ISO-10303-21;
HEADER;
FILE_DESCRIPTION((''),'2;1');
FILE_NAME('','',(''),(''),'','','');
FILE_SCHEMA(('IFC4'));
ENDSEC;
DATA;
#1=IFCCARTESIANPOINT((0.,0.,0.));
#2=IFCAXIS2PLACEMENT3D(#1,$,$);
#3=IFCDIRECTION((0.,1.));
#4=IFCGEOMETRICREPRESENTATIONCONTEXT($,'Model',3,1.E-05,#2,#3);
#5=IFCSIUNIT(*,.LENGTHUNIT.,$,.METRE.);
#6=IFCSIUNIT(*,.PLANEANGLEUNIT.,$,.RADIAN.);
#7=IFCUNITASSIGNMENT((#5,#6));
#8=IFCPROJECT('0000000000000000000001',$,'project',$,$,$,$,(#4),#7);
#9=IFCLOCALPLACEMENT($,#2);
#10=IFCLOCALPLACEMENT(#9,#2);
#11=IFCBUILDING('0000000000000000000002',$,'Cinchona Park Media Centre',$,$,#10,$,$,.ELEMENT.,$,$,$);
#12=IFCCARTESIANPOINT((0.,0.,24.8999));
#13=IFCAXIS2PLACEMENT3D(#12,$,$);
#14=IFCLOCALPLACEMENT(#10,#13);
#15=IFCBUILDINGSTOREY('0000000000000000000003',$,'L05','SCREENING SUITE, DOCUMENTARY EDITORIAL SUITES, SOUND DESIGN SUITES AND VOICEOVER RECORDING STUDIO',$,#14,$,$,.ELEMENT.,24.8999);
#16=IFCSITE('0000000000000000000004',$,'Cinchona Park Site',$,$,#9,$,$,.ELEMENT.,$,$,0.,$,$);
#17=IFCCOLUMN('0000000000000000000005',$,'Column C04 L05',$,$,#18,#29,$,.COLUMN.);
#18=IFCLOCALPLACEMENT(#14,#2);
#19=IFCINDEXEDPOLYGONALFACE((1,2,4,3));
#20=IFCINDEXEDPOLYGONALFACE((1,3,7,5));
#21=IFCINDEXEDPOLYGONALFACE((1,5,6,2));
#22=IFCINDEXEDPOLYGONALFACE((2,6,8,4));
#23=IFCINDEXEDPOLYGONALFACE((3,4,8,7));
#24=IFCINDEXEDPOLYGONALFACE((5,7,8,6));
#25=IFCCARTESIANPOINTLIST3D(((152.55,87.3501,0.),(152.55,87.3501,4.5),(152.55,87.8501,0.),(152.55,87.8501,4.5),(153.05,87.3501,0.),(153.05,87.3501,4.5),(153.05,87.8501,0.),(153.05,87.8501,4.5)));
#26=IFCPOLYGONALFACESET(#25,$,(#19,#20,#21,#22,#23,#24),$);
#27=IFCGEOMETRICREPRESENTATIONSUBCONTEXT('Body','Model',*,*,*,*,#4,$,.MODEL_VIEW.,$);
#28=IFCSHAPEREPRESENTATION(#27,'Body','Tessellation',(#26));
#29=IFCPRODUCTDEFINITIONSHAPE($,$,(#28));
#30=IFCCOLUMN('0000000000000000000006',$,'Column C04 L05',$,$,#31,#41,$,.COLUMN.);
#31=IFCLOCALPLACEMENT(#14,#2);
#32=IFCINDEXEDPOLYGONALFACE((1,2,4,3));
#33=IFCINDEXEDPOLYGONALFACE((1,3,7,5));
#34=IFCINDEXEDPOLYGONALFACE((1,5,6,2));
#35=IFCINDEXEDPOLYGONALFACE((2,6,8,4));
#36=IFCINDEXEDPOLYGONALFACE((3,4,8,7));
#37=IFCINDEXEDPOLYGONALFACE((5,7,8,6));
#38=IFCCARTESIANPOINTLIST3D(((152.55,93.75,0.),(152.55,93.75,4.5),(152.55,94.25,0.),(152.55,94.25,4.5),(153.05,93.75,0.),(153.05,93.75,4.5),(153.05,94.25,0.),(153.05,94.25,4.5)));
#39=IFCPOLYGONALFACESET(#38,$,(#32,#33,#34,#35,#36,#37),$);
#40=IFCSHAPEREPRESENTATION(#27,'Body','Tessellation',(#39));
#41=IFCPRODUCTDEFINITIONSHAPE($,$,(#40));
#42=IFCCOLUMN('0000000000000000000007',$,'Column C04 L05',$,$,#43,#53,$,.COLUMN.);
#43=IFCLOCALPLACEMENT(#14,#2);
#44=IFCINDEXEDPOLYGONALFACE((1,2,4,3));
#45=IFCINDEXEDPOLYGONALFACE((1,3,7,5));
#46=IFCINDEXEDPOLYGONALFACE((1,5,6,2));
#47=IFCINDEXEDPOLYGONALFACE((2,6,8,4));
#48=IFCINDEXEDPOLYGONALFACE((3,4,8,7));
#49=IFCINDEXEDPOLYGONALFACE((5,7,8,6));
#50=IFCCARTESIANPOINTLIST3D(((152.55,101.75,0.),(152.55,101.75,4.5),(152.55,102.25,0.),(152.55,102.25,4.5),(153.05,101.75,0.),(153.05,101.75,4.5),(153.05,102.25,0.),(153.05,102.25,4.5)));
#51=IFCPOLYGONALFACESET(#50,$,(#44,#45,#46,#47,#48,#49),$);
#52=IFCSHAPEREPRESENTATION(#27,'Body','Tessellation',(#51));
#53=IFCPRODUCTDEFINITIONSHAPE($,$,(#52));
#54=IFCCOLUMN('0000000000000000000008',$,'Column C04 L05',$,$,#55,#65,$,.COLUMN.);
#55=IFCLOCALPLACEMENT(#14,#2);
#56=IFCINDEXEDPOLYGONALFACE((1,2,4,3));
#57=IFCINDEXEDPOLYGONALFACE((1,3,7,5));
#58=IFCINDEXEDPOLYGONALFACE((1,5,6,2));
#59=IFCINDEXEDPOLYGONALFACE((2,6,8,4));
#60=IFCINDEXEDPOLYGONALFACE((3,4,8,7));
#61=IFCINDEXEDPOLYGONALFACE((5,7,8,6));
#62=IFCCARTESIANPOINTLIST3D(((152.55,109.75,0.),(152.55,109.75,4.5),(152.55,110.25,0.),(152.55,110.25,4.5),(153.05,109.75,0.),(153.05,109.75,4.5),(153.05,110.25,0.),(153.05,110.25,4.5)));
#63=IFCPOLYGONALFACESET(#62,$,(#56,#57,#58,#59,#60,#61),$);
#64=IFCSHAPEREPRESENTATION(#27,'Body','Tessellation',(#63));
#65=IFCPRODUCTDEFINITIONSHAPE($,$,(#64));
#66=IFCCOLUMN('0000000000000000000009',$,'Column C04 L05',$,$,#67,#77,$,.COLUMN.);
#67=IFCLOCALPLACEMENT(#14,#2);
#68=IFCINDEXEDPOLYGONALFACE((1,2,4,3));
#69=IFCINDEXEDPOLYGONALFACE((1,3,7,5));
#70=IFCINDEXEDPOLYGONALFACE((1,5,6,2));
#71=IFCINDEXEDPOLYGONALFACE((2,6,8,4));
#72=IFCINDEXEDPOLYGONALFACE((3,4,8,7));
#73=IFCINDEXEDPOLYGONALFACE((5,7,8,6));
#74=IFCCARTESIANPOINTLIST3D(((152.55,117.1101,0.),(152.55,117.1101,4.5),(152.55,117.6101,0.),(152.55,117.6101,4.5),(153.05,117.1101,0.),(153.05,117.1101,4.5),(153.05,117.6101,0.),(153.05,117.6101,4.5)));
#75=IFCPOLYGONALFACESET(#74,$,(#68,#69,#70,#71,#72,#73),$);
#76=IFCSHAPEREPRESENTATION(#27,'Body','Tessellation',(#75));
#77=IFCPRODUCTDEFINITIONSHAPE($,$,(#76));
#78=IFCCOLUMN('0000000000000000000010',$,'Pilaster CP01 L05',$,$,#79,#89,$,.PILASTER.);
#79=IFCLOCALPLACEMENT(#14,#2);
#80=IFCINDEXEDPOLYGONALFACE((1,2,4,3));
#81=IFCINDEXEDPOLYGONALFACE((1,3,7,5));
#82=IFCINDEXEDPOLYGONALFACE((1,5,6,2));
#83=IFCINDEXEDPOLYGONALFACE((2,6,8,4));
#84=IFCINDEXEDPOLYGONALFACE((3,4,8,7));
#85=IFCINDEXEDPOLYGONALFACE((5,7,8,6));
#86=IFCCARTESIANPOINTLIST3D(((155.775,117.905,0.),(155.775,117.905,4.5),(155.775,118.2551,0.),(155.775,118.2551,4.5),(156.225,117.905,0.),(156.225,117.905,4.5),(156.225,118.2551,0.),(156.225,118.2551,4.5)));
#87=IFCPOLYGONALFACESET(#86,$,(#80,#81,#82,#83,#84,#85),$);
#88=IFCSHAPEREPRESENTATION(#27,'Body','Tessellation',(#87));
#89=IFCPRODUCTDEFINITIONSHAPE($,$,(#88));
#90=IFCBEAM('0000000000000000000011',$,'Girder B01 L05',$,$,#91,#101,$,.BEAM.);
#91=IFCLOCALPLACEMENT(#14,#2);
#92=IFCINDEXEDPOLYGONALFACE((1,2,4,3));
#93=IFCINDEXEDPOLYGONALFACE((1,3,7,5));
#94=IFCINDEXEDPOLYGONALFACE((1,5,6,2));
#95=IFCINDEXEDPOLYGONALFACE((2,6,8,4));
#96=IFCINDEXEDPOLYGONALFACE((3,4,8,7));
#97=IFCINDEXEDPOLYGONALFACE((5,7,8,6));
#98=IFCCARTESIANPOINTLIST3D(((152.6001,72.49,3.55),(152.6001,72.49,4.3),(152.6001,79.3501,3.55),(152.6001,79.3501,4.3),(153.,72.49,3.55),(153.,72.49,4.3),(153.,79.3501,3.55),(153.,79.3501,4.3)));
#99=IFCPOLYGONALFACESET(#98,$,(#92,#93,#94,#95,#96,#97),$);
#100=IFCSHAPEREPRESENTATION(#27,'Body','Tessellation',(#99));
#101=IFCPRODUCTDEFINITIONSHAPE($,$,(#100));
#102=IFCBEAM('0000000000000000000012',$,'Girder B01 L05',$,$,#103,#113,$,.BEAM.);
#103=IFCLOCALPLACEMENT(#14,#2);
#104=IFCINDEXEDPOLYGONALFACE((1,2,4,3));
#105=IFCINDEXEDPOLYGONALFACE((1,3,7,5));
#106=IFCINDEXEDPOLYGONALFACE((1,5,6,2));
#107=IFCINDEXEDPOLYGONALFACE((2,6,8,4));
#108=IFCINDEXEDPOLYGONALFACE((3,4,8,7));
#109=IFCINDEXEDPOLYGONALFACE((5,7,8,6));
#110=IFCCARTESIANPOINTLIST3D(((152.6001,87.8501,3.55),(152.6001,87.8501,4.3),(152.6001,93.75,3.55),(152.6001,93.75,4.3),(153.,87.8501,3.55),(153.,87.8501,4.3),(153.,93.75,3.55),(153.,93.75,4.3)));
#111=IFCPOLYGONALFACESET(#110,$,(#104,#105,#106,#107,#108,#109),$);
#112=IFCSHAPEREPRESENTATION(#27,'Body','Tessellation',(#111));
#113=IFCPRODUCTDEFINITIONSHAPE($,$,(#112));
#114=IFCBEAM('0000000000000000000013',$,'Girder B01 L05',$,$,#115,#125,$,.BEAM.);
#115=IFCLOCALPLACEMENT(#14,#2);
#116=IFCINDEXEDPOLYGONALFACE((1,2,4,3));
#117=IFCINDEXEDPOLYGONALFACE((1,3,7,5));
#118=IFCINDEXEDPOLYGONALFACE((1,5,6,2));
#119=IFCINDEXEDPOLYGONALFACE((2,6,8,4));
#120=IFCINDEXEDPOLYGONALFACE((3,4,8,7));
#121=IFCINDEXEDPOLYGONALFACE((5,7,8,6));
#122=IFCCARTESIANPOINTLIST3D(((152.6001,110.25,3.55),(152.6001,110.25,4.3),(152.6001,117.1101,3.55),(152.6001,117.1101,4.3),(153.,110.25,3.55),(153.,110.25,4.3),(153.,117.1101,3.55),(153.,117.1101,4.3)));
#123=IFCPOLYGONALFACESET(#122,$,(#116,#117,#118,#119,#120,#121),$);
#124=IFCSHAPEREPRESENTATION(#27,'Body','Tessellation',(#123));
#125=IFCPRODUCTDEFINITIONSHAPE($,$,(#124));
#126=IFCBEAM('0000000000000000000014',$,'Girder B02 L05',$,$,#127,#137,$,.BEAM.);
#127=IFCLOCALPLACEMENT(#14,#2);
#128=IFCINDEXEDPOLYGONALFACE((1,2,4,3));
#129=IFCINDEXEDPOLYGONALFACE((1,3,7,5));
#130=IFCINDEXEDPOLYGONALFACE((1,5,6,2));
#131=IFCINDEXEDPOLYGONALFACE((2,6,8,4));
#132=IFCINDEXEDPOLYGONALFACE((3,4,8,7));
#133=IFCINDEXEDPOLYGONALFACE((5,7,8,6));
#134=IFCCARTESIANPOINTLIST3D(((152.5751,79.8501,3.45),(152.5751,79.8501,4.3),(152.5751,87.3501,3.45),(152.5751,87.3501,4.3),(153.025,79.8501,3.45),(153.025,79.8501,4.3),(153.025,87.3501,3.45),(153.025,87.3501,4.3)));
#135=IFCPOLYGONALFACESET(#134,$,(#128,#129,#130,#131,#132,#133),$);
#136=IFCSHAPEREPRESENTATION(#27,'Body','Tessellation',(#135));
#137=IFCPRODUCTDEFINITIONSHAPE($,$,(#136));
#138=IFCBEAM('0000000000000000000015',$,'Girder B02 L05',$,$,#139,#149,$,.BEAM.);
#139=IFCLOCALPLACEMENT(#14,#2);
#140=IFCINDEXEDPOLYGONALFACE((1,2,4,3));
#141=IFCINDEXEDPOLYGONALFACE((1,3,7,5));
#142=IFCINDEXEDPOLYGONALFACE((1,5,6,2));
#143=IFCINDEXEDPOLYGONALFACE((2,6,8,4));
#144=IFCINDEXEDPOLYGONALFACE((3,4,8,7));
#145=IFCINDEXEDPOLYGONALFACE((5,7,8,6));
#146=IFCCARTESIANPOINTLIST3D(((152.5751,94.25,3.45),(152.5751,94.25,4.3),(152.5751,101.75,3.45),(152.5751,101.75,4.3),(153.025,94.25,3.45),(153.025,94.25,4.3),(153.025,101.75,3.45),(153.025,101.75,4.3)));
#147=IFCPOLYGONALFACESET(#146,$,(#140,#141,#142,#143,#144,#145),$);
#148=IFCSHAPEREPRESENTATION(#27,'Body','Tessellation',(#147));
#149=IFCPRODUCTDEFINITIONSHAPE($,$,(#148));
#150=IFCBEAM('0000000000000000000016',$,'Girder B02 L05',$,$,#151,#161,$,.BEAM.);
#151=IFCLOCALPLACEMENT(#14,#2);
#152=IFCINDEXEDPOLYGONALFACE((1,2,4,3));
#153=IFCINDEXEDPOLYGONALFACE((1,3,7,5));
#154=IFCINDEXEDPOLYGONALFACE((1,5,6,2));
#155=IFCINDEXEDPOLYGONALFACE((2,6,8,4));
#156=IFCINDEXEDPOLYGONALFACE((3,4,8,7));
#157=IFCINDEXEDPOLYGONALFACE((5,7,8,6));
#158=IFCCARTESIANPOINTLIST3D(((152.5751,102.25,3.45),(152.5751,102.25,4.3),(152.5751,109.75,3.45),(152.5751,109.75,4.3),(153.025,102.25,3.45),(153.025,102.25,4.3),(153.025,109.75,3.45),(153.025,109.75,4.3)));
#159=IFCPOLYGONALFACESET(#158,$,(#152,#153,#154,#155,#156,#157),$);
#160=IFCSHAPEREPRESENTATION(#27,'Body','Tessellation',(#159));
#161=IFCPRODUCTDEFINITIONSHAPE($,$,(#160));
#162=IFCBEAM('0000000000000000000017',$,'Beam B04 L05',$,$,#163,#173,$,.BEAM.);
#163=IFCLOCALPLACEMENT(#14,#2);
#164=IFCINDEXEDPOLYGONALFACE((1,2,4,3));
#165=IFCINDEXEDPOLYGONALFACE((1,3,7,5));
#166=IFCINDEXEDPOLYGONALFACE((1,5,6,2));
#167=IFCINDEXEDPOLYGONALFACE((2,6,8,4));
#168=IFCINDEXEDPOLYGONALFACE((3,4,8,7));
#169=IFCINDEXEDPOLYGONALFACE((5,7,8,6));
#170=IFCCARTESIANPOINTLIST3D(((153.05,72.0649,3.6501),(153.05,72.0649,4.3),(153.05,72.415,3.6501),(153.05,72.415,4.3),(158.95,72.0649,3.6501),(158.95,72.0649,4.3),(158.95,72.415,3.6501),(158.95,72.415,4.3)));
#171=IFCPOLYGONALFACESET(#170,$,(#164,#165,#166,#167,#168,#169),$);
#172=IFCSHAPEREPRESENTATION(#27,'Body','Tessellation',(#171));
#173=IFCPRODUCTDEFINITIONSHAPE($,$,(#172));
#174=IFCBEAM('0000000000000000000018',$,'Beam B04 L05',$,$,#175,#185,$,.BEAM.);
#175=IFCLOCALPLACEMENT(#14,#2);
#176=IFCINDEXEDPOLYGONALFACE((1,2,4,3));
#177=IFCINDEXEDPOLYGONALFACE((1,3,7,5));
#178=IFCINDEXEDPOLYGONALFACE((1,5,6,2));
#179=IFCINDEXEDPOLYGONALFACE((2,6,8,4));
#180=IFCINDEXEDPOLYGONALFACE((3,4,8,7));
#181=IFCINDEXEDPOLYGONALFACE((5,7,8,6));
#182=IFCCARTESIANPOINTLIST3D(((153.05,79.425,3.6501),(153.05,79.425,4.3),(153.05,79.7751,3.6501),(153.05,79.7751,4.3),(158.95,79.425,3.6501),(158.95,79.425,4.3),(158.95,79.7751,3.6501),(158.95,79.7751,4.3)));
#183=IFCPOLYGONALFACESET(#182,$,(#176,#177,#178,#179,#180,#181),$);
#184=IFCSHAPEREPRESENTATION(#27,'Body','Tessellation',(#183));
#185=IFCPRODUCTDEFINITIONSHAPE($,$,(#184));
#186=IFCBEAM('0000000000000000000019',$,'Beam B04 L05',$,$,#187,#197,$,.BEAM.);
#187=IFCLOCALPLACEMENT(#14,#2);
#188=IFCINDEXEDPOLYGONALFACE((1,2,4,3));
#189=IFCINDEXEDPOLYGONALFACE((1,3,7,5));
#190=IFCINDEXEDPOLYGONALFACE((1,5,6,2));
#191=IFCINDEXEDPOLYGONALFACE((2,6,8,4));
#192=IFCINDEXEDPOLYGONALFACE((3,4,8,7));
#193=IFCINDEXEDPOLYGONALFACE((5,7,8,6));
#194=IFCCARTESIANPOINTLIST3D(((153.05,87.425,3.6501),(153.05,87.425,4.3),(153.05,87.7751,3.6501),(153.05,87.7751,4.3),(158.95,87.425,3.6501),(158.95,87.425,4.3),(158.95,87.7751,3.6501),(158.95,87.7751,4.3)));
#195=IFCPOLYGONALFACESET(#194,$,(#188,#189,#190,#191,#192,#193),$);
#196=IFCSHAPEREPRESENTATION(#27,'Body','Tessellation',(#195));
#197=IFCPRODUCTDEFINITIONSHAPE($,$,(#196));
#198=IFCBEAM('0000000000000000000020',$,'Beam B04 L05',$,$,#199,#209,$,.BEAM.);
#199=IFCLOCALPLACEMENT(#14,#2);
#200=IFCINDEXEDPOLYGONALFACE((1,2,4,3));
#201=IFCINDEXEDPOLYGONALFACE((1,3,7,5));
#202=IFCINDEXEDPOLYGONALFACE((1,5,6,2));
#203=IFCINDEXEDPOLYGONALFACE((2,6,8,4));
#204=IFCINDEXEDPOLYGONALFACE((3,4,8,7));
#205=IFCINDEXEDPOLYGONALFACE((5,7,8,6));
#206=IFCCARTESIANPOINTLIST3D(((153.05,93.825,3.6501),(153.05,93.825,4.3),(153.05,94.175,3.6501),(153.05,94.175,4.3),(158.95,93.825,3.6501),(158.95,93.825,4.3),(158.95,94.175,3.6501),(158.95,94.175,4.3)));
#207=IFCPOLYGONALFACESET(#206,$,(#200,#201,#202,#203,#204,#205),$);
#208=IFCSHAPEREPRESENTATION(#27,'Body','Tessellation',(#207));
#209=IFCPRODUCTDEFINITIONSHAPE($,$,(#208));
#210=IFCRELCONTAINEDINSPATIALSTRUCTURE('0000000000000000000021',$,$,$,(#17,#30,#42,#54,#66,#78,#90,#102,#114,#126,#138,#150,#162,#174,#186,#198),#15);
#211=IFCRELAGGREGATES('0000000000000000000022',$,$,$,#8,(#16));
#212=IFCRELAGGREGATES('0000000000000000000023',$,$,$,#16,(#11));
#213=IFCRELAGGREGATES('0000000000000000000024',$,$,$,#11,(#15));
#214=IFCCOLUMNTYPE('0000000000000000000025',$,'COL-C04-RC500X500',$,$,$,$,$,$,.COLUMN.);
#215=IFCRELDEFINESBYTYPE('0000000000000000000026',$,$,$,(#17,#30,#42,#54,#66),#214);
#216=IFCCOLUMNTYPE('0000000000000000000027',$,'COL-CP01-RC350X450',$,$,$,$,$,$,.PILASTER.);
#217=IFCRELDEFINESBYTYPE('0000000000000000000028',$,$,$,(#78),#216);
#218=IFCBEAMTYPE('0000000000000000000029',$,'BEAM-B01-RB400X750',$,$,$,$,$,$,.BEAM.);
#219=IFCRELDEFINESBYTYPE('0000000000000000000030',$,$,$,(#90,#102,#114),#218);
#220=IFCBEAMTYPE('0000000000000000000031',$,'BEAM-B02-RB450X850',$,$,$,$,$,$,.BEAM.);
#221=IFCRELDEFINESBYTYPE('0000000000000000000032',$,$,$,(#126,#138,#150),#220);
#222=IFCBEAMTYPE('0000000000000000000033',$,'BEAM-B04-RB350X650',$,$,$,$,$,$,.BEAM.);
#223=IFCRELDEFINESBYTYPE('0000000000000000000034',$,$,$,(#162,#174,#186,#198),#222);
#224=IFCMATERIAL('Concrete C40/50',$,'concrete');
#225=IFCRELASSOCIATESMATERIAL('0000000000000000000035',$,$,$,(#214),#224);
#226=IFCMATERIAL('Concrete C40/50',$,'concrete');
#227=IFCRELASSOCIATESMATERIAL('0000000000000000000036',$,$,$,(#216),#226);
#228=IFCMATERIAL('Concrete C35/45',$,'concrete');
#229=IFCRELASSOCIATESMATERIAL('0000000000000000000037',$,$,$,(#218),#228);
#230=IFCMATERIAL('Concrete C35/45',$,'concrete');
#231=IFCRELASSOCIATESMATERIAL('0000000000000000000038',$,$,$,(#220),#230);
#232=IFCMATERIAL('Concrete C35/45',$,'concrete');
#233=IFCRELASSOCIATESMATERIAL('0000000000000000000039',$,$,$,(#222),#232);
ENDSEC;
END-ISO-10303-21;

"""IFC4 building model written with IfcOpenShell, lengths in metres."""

from ifc_helpers import new_model, si_unit, direction, frame, origin, origin_2d, place, context, subcontext, project, spatial, rectangle, extrude, material, material_profile, profile_set, type_object, element, save


model = new_model("IFC4")

# Units and contexts
model_context = context("Model", 3, precision=1e-05, world=origin(), true_north=direction((0.0, 1.0)))
body_context = subcontext(model_context, "Body", "Model", "MODEL_VIEW")
ifc_project = project(units=[si_unit("LENGTHUNIT", "METRE"), si_unit("PLANEANGLEUNIT", "RADIAN")], contexts=[model_context])

# Site, building, storey
site_placement = place(None, origin())
site = spatial("IfcSite", under=ifc_project, at=site_placement, Name="Cinchona Park Site", CompositionType="ELEMENT", RefElevation=0.0)
building_placement = place(site_placement, origin())
building = spatial("IfcBuilding", under=site, at=building_placement, Name="Cinchona Park Media Centre", CompositionType="ELEMENT")
storey_placement = place(building_placement, frame((0.0, 0.0, 24.8999)))
storey = spatial("IfcBuildingStorey", under=building, at=storey_placement, Name="L05", Description="SCREENING SUITE, DOCUMENTARY EDITORIAL SUITES, SOUND DESIGN SUITES AND VOICEOVER RECORDING STUDIO", CompositionType="ELEMENT", Elevation=24.8999)

# Columns
ifc_material_1 = material(Name="Concrete C40/50", Category="concrete")
ifc_material_profile_1 = material_profile(ifc_material_1, rectangle(XDim=0.5, YDim=0.5, at=origin_2d()), Name="RC 500X500")
ifc_profile_set_1 = profile_set([ifc_material_profile_1], Name="Concrete C40/50")
column_type_1 = type_object("IfcColumnType", Name="COL-C04-RC500X500", PredefinedType="COLUMN", material=ifc_profile_set_1)
for number, where, z_axis, x_axis, name in (
    (1, (152.8, 87.6001, 0.0), (0.0, 0.0, 1.0), (1.0, 0.0, 0.0), "Column C04 L05"),
    (2, (152.8, 94.0, 0.0), (0.0, 0.0, 1.0), (1.0, 0.0, 0.0), "Column C04 L05"),
    (3, (152.8, 102.0, 0.0), (0.0, 0.0, 1.0), (1.0, 0.0, 0.0), "Column C04 L05"),
    (4, (152.8, 110.0, 0.0), (0.0, 0.0, 1.0), (1.0, 0.0, 0.0), "Column C04 L05"),
    (5, (152.8, 117.3601, 0.0), (0.0, 0.0, 1.0), (1.0, 0.0, 0.0), "Column C04 L05"),
):
    element("IfcColumn", number, at=place(storey_placement, frame(where, z_axis=z_axis, x_axis=x_axis)), inside=storey, type_object=column_type_1, Name=name, PredefinedType="COLUMN", context=body_context, shape_type="SweptSolid", body=[
        extrude(rectangle(XDim=0.5, YDim=0.5, at=origin_2d()), origin(), (0.0, 0.0, 1.0), 4.5),
    ])
ifc_material_2 = material(Name="Concrete C40/50", Category="concrete")
ifc_material_profile_2 = material_profile(ifc_material_2, rectangle(XDim=0.3501, YDim=0.45, at=origin_2d()), Name="RC 350X450")
ifc_profile_set_2 = profile_set([ifc_material_profile_2], Name="Concrete C40/50")
column_type_2 = type_object("IfcColumnType", Name="COL-CP01-RC350X450", PredefinedType="PILASTER", material=ifc_profile_set_2)
column_placement = place(storey_placement, frame((156.0, 118.0801, 0.0), z_axis=(0.0, 0.0, 1.0), x_axis=(0.0, 1.0, 0.0)))
element("IfcColumn", 6, at=column_placement, inside=storey, type_object=column_type_2, Name="Pilaster CP01 L05", PredefinedType="PILASTER", context=body_context, shape_type="SweptSolid", body=[
    extrude(rectangle(XDim=0.3501, YDim=0.45, at=origin_2d()), origin(), (0.0, 0.0, 1.0), 4.5),
])

# Beams
ifc_material_3 = material(Name="Concrete C35/45", Category="concrete")
ifc_material_profile_3 = material_profile(ifc_material_3, rectangle(XDim=0.3999, YDim=0.75, at=origin_2d()), Name="RB 400X750")
ifc_profile_set_3 = profile_set([ifc_material_profile_3], Name="Concrete C35/45")
beam_type_1 = type_object("IfcBeamType", Name="BEAM-B01-RB400X750", PredefinedType="BEAM", material=ifc_profile_set_3)
beam_1_placement = place(storey_placement, frame((152.8, 72.49, 3.925), z_axis=(0.0, 1.0, 0.0), x_axis=(-1.0, 0.0, 0.0)))
element("IfcBeam", 7, at=beam_1_placement, inside=storey, type_object=beam_type_1, Name="Girder B01 L05", PredefinedType="BEAM", context=body_context, shape_type="SweptSolid", body=[
    extrude(rectangle(XDim=0.3999, YDim=0.75, at=origin_2d()), origin(), (0.0, 0.0, 1.0), 6.8601),
])
beam_2_placement = place(storey_placement, frame((152.8, 87.8501, 3.925), z_axis=(0.0, 1.0, 0.0), x_axis=(-1.0, 0.0, 0.0)))
element("IfcBeam", 8, at=beam_2_placement, inside=storey, type_object=beam_type_1, Name="Girder B01 L05", PredefinedType="BEAM", context=body_context, shape_type="SweptSolid", body=[
    extrude(rectangle(XDim=0.3999, YDim=0.75, at=origin_2d()), origin(), (0.0, 0.0, 1.0), 5.8999),
])
beam_3_placement = place(storey_placement, frame((152.8, 110.25, 3.925), z_axis=(0.0, 1.0, 0.0), x_axis=(-1.0, 0.0, 0.0)))
element("IfcBeam", 9, at=beam_3_placement, inside=storey, type_object=beam_type_1, Name="Girder B01 L05", PredefinedType="BEAM", context=body_context, shape_type="SweptSolid", body=[
    extrude(rectangle(XDim=0.3999, YDim=0.75, at=origin_2d()), origin(), (0.0, 0.0, 1.0), 6.8601),
])
ifc_material_4 = material(Name="Concrete C35/45", Category="concrete")
ifc_material_profile_4 = material_profile(ifc_material_4, rectangle(XDim=0.45, YDim=0.8501, at=origin_2d()), Name="RB 450X850")
ifc_profile_set_4 = profile_set([ifc_material_profile_4], Name="Concrete C35/45")
beam_type_2 = type_object("IfcBeamType", Name="BEAM-B02-RB450X850", PredefinedType="BEAM", material=ifc_profile_set_4)
for number, where, z_axis, x_axis, name in (
    (10, (152.8, 79.8501, 3.875), (0.0, 1.0, 0.0), (-1.0, 0.0, 0.0), "Girder B02 L05"),
    (11, (152.8, 94.25, 3.875), (0.0, 1.0, 0.0), (-1.0, 0.0, 0.0), "Girder B02 L05"),
    (12, (152.8, 102.25, 3.875), (0.0, 1.0, 0.0), (-1.0, 0.0, 0.0), "Girder B02 L05"),
):
    element("IfcBeam", number, at=place(storey_placement, frame(where, z_axis=z_axis, x_axis=x_axis)), inside=storey, type_object=beam_type_2, Name=name, PredefinedType="BEAM", context=body_context, shape_type="SweptSolid", body=[
        extrude(rectangle(XDim=0.45, YDim=0.8501, at=origin_2d()), origin(), (0.0, 0.0, 1.0), 7.5),
    ])
ifc_material_5 = material(Name="Concrete C35/45", Category="concrete")
ifc_material_profile_5 = material_profile(ifc_material_5, rectangle(XDim=0.3501, YDim=0.6499, at=origin_2d()), Name="RB 350X650")
ifc_profile_set_5 = profile_set([ifc_material_profile_5], Name="Concrete C35/45")
beam_type_3 = type_object("IfcBeamType", Name="BEAM-B04-RB350X650", PredefinedType="BEAM", material=ifc_profile_set_5)
for number, where, z_axis, x_axis, name in (
    (13, (153.05, 72.24, 3.9751), (1.0, 0.0, 0.0), (0.0, 1.0, 0.0), "Beam B04 L05"),
    (14, (153.05, 79.6001, 3.9751), (1.0, 0.0, 0.0), (0.0, 1.0, 0.0), "Beam B04 L05"),
    (15, (153.05, 87.6001, 3.9751), (1.0, 0.0, 0.0), (0.0, 1.0, 0.0), "Beam B04 L05"),
    (16, (153.05, 94.0, 3.9751), (1.0, 0.0, 0.0), (0.0, 1.0, 0.0), "Beam B04 L05"),
):
    element("IfcBeam", number, at=place(storey_placement, frame(where, z_axis=z_axis, x_axis=x_axis)), inside=storey, type_object=beam_type_3, Name=name, PredefinedType="BEAM", context=body_context, shape_type="SweptSolid", body=[
        extrude(rectangle(XDim=0.3501, YDim=0.6499, at=origin_2d()), origin(), (0.0, 0.0, 1.0), 5.8999),
    ])

save(model, "model.ifc")
